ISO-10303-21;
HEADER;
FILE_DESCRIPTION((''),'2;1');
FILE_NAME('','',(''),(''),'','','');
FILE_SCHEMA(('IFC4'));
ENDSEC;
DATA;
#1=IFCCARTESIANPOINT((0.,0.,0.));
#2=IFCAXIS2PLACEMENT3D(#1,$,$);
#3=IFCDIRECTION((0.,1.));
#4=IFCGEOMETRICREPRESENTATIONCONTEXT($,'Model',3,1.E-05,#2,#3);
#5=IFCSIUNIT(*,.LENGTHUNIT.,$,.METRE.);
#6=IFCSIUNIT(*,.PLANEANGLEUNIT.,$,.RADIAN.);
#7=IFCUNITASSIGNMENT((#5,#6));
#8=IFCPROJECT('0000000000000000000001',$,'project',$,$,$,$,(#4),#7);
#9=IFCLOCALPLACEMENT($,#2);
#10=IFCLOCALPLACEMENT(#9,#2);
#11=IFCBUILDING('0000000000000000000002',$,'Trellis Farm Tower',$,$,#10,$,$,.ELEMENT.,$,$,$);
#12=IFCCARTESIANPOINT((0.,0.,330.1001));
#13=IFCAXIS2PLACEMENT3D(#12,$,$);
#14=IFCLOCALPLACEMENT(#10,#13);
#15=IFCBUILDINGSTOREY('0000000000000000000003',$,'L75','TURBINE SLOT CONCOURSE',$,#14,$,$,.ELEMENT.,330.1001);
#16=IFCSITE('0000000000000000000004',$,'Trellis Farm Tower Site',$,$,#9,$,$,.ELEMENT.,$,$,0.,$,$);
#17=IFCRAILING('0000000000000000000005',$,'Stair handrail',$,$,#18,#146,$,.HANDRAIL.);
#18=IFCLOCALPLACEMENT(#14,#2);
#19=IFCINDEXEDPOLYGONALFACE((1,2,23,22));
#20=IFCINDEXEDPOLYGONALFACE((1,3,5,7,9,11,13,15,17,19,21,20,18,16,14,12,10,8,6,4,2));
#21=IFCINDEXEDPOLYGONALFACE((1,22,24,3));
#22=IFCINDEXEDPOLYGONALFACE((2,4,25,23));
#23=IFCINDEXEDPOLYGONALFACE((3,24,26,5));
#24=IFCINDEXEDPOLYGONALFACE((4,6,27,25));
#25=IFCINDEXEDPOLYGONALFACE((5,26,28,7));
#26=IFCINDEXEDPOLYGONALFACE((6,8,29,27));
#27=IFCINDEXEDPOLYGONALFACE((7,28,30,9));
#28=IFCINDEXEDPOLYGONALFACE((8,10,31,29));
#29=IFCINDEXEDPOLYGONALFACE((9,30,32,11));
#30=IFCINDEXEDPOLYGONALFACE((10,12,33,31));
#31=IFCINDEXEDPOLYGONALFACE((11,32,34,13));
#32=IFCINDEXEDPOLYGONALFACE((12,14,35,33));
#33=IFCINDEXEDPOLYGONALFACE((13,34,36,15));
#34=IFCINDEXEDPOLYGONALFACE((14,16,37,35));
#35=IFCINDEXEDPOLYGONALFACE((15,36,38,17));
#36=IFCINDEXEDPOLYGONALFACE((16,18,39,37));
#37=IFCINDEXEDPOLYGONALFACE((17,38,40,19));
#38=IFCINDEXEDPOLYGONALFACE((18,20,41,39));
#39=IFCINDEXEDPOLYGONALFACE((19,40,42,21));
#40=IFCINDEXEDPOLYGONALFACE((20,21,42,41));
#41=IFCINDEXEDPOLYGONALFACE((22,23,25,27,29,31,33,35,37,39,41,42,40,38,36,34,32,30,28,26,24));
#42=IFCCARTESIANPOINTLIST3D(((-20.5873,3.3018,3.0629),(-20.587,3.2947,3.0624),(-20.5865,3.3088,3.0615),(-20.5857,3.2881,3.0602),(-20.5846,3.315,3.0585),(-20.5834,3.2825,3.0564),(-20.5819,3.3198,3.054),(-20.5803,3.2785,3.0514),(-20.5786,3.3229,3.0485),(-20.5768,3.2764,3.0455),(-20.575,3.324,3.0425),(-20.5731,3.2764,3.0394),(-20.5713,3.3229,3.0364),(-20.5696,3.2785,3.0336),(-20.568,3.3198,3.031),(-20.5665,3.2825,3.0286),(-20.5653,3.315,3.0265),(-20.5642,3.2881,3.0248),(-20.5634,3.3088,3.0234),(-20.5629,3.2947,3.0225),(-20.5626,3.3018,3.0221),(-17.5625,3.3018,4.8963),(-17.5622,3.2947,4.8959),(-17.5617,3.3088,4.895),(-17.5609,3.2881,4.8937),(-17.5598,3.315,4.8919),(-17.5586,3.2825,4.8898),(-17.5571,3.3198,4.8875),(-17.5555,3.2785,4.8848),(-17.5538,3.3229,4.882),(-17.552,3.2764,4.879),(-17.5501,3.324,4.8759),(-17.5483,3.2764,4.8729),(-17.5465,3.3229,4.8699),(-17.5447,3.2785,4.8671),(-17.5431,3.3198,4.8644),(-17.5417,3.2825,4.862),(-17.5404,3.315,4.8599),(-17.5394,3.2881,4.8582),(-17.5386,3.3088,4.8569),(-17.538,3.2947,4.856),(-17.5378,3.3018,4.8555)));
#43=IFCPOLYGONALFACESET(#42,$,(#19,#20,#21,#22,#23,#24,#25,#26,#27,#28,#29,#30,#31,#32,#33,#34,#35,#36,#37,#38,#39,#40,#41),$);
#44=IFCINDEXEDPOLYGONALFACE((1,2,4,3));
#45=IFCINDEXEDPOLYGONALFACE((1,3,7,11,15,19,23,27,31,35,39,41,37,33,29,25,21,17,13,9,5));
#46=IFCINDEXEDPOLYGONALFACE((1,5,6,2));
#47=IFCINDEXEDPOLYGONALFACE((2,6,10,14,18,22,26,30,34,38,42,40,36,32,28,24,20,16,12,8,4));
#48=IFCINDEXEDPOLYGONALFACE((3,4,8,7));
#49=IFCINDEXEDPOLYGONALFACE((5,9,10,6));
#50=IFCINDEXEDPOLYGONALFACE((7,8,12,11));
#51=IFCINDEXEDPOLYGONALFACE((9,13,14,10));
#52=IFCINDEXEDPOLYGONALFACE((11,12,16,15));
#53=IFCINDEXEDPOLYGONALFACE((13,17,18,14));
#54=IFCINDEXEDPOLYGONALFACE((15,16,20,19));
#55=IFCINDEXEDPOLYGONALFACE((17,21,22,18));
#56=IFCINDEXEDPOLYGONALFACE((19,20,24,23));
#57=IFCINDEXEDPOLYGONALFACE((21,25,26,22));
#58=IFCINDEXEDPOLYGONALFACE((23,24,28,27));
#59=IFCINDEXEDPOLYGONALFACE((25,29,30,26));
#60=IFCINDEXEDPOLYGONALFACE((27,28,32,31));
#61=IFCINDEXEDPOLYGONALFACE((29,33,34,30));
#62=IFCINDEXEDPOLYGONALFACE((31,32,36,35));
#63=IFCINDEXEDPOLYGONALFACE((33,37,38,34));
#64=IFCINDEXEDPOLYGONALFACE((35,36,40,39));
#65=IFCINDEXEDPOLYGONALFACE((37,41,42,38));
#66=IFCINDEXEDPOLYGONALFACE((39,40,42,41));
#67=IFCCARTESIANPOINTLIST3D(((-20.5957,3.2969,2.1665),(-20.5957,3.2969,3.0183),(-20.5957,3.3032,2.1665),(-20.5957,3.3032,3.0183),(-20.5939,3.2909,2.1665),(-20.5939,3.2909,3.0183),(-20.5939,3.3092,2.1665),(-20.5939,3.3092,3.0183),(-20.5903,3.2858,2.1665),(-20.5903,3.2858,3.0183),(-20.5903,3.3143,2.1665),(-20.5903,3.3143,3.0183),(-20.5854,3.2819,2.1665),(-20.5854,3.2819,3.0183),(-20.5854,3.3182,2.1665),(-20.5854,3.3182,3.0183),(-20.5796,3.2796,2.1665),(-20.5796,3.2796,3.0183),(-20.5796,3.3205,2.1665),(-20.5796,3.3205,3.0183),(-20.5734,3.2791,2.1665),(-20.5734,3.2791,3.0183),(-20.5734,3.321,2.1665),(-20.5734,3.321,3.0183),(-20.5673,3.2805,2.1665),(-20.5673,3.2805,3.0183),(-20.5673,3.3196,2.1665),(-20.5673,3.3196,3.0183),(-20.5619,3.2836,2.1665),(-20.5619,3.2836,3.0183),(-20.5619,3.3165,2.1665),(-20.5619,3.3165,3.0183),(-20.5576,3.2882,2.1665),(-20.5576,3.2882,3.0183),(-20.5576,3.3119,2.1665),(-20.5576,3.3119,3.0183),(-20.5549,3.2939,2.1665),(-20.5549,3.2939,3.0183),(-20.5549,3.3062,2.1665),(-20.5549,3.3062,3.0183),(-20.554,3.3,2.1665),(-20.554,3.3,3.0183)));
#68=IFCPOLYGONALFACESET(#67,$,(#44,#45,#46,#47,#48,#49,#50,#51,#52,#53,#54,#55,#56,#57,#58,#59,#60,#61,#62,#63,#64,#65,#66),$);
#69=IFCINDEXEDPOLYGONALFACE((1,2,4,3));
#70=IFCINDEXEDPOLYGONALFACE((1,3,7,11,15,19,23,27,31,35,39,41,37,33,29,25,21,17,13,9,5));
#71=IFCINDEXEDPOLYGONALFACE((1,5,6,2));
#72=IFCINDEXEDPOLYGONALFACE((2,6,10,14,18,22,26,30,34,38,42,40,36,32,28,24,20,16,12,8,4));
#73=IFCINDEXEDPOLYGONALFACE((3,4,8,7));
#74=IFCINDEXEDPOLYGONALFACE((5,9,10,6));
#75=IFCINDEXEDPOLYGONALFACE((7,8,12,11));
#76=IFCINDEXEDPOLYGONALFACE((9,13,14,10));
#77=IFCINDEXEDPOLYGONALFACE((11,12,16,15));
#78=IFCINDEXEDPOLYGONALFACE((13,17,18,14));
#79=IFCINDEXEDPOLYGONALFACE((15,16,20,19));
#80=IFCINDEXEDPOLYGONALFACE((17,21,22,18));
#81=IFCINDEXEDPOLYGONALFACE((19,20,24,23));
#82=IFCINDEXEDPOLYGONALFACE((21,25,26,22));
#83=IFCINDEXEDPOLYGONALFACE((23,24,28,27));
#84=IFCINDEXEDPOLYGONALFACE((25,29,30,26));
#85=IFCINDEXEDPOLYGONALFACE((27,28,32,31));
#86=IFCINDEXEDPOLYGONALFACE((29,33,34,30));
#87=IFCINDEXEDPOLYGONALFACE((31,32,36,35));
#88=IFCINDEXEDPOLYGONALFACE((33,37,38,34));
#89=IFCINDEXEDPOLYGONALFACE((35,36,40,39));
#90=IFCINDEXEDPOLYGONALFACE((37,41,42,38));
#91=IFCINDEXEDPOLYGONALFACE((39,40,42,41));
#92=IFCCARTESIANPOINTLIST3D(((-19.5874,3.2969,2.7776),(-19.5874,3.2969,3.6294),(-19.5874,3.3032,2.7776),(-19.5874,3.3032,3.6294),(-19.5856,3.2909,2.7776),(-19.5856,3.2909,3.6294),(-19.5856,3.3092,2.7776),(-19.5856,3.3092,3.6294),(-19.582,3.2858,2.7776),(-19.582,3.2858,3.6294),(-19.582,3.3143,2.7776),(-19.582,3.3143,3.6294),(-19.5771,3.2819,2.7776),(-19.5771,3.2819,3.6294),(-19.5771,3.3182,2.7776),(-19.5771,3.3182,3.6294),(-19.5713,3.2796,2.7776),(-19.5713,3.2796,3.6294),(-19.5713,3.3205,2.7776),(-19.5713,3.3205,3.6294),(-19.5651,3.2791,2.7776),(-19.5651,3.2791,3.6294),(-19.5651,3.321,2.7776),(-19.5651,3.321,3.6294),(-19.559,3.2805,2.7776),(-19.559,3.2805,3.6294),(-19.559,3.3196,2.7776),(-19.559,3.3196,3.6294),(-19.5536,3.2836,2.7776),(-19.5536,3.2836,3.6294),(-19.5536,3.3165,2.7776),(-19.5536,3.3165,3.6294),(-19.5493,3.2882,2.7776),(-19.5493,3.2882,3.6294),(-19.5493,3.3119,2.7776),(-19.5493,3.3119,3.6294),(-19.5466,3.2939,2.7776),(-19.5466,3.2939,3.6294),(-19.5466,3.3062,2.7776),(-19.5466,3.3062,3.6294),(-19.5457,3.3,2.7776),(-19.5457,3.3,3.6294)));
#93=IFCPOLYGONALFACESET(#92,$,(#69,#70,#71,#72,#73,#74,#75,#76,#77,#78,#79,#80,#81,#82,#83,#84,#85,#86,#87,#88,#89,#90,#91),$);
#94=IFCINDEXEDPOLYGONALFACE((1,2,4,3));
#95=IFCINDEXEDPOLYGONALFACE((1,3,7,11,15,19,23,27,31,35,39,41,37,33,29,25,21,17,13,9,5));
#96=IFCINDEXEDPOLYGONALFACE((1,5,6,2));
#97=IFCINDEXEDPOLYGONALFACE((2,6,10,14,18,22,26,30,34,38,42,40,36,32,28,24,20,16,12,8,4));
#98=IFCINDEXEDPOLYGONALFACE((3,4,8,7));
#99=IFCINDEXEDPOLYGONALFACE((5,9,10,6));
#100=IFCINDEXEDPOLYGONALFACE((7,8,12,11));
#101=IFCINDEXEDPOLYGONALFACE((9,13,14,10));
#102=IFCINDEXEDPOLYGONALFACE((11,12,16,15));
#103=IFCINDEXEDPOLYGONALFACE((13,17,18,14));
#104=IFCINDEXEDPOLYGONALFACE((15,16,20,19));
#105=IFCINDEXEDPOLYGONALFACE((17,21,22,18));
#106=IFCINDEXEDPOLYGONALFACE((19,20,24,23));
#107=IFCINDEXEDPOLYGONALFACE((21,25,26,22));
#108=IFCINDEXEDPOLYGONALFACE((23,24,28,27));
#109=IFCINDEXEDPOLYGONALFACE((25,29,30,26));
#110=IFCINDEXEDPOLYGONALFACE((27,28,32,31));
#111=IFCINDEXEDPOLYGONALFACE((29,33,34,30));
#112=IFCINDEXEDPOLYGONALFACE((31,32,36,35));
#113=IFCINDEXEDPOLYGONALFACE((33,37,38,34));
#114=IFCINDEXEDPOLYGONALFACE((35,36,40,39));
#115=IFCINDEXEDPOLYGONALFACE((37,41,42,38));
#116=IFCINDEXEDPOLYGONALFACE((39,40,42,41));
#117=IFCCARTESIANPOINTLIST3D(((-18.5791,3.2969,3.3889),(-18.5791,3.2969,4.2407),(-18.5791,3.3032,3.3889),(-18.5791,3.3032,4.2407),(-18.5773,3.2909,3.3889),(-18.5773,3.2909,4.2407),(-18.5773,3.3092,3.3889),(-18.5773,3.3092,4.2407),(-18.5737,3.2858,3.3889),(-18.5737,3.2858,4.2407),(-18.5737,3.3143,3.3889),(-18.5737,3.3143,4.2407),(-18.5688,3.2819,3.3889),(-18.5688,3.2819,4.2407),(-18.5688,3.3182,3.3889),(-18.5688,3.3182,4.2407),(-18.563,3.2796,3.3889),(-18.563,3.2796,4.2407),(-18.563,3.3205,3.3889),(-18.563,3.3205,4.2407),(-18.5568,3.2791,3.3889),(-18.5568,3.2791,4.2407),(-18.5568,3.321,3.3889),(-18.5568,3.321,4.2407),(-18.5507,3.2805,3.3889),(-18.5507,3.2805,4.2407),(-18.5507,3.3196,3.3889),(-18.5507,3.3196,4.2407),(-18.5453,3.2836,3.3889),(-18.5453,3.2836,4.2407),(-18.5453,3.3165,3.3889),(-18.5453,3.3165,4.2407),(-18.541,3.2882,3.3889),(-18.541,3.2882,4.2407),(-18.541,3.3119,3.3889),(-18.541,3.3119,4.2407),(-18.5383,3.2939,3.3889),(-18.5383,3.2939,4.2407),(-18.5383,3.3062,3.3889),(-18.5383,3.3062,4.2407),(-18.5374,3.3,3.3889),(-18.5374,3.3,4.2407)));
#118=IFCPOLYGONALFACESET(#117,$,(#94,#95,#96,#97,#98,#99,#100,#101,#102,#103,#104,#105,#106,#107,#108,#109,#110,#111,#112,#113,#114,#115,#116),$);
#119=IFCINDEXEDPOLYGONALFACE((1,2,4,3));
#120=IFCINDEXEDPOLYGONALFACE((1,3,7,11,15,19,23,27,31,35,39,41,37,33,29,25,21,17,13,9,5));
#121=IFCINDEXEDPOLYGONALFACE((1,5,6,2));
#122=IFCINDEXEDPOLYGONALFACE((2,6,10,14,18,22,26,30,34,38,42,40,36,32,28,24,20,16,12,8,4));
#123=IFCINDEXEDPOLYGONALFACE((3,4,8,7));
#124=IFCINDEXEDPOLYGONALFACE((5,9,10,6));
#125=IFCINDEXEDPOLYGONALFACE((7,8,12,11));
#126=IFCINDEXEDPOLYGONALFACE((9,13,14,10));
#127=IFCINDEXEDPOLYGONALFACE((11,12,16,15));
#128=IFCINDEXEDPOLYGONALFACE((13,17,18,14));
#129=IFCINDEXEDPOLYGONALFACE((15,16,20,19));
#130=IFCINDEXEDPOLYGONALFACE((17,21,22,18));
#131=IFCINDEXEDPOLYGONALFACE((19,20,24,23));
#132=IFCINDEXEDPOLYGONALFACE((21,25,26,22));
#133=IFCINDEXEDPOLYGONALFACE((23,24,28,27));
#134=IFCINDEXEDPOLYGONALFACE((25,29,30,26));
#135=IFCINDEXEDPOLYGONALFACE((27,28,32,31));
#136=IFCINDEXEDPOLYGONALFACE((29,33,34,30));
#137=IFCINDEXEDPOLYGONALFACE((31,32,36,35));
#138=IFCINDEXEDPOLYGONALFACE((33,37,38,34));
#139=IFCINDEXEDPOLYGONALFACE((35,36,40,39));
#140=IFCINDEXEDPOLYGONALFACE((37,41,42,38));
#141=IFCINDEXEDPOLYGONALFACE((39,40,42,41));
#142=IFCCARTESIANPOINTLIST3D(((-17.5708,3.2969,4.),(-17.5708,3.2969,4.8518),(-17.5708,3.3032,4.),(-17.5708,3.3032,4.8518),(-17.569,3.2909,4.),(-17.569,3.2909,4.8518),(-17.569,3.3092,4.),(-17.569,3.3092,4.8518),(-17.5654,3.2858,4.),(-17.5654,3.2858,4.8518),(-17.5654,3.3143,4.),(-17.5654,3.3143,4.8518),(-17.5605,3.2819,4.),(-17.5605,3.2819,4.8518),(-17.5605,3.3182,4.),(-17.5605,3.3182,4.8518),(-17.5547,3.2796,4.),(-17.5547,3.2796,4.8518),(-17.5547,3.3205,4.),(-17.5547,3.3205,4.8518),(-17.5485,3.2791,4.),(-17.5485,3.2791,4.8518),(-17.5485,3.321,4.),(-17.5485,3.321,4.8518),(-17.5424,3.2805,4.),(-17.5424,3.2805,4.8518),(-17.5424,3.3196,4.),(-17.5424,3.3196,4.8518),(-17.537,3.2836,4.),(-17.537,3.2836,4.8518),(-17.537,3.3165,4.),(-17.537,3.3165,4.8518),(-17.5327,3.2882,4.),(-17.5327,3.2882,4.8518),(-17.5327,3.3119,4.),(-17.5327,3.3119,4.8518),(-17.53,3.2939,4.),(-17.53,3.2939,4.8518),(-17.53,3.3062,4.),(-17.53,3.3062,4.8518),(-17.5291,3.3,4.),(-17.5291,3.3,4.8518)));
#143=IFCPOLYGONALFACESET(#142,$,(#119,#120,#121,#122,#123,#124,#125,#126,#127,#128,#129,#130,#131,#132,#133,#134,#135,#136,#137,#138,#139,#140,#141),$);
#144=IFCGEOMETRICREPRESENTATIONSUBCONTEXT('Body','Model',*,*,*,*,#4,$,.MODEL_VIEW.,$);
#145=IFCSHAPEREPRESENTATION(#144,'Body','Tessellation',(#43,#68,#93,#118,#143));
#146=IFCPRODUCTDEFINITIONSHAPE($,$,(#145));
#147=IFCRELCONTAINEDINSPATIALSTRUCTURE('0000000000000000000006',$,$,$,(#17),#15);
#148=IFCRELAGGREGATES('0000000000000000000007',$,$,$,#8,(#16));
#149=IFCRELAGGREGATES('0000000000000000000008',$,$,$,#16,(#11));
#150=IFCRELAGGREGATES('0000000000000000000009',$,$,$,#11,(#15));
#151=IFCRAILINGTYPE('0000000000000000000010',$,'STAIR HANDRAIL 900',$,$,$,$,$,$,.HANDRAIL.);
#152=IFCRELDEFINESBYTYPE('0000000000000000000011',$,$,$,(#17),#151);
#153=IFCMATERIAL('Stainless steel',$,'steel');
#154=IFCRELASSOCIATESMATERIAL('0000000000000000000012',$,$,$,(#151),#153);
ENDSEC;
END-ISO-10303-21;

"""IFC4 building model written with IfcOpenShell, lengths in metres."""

from ifc_helpers import new_model, si_unit, direction, frame, origin, origin_2d, place, context, subcontext, project, spatial, circle, extrude, source, transform, mapped, material, type_object, element, save


model = new_model("IFC4")

# Units and contexts
model_context = context("Model", 3, precision=1e-05, world=origin(), true_north=direction((0.0, 1.0)))
body_context = subcontext(model_context, "Body", "Model", "MODEL_VIEW")
ifc_project = project(units=[si_unit("LENGTHUNIT", "METRE"), si_unit("PLANEANGLEUNIT", "RADIAN")], contexts=[model_context])

# Site, building, storey
site_placement = place(None, origin())
site = spatial("IfcSite", under=ifc_project, at=site_placement, Name="Trellis Farm Tower Site", CompositionType="ELEMENT", RefElevation=0.0)
building_placement = place(site_placement, origin())
building = spatial("IfcBuilding", under=site, at=building_placement, Name="Trellis Farm Tower", CompositionType="ELEMENT")
storey_placement = place(building_placement, frame((0.0, 0.0, 330.1001)))
storey = spatial("IfcBuildingStorey", under=building, at=storey_placement, Name="L75", Description="TURBINE SLOT CONCOURSE", CompositionType="ELEMENT", Elevation=330.1001)

# Railing
ifc_material_1 = material(Name="Stainless steel", Category="steel")
railing_type_1 = type_object("IfcRailingType", Name="STAIR HANDRAIL 900", PredefinedType="HANDRAIL", material=ifc_material_1)
shared_shape_1 = source(origin(), body_context, "Body", "SweptSolid", [
    extrude(circle(Radius=0.0239, at=origin_2d()), frame((0.0, 0.0, 0.876), z_axis=(0.85517, 0.0, 0.518348), x_axis=(0.0, 1.0, 0.0)), (0.0, 0.0, 1.0), 3.5371),
    extrude(circle(Radius=0.021, at=origin_2d()), origin(), (0.0, 0.0, 1.0), 0.8518),
    extrude(circle(Radius=0.021, at=origin_2d()), frame((1.0083, 0.0, 0.6111)), (0.0, 0.0, 1.0), 0.8518),
    extrude(circle(Radius=0.021, at=origin_2d()), frame((2.0166, 0.0, 1.2224)), (0.0, 0.0, 1.0), 0.8518),
    extrude(circle(Radius=0.021, at=origin_2d()), frame((3.0249, 0.0, 1.8335)), (0.0, 0.0, 1.0), 0.8518),
])
for number, where, name in (
    (1, (-20.575, 3.3, 2.1665), "Stair handrail"),
):
    element("IfcRailing", number, at=place(storey_placement, frame(where)), inside=storey, type_object=railing_type_1, Name=name, PredefinedType="HANDRAIL", context=body_context, shape_type="MappedRepresentation", body=[
        mapped(shared_shape_1, transform((0.0, 0.0, 0.0))),
    ])

save(model, "model.ifc")
